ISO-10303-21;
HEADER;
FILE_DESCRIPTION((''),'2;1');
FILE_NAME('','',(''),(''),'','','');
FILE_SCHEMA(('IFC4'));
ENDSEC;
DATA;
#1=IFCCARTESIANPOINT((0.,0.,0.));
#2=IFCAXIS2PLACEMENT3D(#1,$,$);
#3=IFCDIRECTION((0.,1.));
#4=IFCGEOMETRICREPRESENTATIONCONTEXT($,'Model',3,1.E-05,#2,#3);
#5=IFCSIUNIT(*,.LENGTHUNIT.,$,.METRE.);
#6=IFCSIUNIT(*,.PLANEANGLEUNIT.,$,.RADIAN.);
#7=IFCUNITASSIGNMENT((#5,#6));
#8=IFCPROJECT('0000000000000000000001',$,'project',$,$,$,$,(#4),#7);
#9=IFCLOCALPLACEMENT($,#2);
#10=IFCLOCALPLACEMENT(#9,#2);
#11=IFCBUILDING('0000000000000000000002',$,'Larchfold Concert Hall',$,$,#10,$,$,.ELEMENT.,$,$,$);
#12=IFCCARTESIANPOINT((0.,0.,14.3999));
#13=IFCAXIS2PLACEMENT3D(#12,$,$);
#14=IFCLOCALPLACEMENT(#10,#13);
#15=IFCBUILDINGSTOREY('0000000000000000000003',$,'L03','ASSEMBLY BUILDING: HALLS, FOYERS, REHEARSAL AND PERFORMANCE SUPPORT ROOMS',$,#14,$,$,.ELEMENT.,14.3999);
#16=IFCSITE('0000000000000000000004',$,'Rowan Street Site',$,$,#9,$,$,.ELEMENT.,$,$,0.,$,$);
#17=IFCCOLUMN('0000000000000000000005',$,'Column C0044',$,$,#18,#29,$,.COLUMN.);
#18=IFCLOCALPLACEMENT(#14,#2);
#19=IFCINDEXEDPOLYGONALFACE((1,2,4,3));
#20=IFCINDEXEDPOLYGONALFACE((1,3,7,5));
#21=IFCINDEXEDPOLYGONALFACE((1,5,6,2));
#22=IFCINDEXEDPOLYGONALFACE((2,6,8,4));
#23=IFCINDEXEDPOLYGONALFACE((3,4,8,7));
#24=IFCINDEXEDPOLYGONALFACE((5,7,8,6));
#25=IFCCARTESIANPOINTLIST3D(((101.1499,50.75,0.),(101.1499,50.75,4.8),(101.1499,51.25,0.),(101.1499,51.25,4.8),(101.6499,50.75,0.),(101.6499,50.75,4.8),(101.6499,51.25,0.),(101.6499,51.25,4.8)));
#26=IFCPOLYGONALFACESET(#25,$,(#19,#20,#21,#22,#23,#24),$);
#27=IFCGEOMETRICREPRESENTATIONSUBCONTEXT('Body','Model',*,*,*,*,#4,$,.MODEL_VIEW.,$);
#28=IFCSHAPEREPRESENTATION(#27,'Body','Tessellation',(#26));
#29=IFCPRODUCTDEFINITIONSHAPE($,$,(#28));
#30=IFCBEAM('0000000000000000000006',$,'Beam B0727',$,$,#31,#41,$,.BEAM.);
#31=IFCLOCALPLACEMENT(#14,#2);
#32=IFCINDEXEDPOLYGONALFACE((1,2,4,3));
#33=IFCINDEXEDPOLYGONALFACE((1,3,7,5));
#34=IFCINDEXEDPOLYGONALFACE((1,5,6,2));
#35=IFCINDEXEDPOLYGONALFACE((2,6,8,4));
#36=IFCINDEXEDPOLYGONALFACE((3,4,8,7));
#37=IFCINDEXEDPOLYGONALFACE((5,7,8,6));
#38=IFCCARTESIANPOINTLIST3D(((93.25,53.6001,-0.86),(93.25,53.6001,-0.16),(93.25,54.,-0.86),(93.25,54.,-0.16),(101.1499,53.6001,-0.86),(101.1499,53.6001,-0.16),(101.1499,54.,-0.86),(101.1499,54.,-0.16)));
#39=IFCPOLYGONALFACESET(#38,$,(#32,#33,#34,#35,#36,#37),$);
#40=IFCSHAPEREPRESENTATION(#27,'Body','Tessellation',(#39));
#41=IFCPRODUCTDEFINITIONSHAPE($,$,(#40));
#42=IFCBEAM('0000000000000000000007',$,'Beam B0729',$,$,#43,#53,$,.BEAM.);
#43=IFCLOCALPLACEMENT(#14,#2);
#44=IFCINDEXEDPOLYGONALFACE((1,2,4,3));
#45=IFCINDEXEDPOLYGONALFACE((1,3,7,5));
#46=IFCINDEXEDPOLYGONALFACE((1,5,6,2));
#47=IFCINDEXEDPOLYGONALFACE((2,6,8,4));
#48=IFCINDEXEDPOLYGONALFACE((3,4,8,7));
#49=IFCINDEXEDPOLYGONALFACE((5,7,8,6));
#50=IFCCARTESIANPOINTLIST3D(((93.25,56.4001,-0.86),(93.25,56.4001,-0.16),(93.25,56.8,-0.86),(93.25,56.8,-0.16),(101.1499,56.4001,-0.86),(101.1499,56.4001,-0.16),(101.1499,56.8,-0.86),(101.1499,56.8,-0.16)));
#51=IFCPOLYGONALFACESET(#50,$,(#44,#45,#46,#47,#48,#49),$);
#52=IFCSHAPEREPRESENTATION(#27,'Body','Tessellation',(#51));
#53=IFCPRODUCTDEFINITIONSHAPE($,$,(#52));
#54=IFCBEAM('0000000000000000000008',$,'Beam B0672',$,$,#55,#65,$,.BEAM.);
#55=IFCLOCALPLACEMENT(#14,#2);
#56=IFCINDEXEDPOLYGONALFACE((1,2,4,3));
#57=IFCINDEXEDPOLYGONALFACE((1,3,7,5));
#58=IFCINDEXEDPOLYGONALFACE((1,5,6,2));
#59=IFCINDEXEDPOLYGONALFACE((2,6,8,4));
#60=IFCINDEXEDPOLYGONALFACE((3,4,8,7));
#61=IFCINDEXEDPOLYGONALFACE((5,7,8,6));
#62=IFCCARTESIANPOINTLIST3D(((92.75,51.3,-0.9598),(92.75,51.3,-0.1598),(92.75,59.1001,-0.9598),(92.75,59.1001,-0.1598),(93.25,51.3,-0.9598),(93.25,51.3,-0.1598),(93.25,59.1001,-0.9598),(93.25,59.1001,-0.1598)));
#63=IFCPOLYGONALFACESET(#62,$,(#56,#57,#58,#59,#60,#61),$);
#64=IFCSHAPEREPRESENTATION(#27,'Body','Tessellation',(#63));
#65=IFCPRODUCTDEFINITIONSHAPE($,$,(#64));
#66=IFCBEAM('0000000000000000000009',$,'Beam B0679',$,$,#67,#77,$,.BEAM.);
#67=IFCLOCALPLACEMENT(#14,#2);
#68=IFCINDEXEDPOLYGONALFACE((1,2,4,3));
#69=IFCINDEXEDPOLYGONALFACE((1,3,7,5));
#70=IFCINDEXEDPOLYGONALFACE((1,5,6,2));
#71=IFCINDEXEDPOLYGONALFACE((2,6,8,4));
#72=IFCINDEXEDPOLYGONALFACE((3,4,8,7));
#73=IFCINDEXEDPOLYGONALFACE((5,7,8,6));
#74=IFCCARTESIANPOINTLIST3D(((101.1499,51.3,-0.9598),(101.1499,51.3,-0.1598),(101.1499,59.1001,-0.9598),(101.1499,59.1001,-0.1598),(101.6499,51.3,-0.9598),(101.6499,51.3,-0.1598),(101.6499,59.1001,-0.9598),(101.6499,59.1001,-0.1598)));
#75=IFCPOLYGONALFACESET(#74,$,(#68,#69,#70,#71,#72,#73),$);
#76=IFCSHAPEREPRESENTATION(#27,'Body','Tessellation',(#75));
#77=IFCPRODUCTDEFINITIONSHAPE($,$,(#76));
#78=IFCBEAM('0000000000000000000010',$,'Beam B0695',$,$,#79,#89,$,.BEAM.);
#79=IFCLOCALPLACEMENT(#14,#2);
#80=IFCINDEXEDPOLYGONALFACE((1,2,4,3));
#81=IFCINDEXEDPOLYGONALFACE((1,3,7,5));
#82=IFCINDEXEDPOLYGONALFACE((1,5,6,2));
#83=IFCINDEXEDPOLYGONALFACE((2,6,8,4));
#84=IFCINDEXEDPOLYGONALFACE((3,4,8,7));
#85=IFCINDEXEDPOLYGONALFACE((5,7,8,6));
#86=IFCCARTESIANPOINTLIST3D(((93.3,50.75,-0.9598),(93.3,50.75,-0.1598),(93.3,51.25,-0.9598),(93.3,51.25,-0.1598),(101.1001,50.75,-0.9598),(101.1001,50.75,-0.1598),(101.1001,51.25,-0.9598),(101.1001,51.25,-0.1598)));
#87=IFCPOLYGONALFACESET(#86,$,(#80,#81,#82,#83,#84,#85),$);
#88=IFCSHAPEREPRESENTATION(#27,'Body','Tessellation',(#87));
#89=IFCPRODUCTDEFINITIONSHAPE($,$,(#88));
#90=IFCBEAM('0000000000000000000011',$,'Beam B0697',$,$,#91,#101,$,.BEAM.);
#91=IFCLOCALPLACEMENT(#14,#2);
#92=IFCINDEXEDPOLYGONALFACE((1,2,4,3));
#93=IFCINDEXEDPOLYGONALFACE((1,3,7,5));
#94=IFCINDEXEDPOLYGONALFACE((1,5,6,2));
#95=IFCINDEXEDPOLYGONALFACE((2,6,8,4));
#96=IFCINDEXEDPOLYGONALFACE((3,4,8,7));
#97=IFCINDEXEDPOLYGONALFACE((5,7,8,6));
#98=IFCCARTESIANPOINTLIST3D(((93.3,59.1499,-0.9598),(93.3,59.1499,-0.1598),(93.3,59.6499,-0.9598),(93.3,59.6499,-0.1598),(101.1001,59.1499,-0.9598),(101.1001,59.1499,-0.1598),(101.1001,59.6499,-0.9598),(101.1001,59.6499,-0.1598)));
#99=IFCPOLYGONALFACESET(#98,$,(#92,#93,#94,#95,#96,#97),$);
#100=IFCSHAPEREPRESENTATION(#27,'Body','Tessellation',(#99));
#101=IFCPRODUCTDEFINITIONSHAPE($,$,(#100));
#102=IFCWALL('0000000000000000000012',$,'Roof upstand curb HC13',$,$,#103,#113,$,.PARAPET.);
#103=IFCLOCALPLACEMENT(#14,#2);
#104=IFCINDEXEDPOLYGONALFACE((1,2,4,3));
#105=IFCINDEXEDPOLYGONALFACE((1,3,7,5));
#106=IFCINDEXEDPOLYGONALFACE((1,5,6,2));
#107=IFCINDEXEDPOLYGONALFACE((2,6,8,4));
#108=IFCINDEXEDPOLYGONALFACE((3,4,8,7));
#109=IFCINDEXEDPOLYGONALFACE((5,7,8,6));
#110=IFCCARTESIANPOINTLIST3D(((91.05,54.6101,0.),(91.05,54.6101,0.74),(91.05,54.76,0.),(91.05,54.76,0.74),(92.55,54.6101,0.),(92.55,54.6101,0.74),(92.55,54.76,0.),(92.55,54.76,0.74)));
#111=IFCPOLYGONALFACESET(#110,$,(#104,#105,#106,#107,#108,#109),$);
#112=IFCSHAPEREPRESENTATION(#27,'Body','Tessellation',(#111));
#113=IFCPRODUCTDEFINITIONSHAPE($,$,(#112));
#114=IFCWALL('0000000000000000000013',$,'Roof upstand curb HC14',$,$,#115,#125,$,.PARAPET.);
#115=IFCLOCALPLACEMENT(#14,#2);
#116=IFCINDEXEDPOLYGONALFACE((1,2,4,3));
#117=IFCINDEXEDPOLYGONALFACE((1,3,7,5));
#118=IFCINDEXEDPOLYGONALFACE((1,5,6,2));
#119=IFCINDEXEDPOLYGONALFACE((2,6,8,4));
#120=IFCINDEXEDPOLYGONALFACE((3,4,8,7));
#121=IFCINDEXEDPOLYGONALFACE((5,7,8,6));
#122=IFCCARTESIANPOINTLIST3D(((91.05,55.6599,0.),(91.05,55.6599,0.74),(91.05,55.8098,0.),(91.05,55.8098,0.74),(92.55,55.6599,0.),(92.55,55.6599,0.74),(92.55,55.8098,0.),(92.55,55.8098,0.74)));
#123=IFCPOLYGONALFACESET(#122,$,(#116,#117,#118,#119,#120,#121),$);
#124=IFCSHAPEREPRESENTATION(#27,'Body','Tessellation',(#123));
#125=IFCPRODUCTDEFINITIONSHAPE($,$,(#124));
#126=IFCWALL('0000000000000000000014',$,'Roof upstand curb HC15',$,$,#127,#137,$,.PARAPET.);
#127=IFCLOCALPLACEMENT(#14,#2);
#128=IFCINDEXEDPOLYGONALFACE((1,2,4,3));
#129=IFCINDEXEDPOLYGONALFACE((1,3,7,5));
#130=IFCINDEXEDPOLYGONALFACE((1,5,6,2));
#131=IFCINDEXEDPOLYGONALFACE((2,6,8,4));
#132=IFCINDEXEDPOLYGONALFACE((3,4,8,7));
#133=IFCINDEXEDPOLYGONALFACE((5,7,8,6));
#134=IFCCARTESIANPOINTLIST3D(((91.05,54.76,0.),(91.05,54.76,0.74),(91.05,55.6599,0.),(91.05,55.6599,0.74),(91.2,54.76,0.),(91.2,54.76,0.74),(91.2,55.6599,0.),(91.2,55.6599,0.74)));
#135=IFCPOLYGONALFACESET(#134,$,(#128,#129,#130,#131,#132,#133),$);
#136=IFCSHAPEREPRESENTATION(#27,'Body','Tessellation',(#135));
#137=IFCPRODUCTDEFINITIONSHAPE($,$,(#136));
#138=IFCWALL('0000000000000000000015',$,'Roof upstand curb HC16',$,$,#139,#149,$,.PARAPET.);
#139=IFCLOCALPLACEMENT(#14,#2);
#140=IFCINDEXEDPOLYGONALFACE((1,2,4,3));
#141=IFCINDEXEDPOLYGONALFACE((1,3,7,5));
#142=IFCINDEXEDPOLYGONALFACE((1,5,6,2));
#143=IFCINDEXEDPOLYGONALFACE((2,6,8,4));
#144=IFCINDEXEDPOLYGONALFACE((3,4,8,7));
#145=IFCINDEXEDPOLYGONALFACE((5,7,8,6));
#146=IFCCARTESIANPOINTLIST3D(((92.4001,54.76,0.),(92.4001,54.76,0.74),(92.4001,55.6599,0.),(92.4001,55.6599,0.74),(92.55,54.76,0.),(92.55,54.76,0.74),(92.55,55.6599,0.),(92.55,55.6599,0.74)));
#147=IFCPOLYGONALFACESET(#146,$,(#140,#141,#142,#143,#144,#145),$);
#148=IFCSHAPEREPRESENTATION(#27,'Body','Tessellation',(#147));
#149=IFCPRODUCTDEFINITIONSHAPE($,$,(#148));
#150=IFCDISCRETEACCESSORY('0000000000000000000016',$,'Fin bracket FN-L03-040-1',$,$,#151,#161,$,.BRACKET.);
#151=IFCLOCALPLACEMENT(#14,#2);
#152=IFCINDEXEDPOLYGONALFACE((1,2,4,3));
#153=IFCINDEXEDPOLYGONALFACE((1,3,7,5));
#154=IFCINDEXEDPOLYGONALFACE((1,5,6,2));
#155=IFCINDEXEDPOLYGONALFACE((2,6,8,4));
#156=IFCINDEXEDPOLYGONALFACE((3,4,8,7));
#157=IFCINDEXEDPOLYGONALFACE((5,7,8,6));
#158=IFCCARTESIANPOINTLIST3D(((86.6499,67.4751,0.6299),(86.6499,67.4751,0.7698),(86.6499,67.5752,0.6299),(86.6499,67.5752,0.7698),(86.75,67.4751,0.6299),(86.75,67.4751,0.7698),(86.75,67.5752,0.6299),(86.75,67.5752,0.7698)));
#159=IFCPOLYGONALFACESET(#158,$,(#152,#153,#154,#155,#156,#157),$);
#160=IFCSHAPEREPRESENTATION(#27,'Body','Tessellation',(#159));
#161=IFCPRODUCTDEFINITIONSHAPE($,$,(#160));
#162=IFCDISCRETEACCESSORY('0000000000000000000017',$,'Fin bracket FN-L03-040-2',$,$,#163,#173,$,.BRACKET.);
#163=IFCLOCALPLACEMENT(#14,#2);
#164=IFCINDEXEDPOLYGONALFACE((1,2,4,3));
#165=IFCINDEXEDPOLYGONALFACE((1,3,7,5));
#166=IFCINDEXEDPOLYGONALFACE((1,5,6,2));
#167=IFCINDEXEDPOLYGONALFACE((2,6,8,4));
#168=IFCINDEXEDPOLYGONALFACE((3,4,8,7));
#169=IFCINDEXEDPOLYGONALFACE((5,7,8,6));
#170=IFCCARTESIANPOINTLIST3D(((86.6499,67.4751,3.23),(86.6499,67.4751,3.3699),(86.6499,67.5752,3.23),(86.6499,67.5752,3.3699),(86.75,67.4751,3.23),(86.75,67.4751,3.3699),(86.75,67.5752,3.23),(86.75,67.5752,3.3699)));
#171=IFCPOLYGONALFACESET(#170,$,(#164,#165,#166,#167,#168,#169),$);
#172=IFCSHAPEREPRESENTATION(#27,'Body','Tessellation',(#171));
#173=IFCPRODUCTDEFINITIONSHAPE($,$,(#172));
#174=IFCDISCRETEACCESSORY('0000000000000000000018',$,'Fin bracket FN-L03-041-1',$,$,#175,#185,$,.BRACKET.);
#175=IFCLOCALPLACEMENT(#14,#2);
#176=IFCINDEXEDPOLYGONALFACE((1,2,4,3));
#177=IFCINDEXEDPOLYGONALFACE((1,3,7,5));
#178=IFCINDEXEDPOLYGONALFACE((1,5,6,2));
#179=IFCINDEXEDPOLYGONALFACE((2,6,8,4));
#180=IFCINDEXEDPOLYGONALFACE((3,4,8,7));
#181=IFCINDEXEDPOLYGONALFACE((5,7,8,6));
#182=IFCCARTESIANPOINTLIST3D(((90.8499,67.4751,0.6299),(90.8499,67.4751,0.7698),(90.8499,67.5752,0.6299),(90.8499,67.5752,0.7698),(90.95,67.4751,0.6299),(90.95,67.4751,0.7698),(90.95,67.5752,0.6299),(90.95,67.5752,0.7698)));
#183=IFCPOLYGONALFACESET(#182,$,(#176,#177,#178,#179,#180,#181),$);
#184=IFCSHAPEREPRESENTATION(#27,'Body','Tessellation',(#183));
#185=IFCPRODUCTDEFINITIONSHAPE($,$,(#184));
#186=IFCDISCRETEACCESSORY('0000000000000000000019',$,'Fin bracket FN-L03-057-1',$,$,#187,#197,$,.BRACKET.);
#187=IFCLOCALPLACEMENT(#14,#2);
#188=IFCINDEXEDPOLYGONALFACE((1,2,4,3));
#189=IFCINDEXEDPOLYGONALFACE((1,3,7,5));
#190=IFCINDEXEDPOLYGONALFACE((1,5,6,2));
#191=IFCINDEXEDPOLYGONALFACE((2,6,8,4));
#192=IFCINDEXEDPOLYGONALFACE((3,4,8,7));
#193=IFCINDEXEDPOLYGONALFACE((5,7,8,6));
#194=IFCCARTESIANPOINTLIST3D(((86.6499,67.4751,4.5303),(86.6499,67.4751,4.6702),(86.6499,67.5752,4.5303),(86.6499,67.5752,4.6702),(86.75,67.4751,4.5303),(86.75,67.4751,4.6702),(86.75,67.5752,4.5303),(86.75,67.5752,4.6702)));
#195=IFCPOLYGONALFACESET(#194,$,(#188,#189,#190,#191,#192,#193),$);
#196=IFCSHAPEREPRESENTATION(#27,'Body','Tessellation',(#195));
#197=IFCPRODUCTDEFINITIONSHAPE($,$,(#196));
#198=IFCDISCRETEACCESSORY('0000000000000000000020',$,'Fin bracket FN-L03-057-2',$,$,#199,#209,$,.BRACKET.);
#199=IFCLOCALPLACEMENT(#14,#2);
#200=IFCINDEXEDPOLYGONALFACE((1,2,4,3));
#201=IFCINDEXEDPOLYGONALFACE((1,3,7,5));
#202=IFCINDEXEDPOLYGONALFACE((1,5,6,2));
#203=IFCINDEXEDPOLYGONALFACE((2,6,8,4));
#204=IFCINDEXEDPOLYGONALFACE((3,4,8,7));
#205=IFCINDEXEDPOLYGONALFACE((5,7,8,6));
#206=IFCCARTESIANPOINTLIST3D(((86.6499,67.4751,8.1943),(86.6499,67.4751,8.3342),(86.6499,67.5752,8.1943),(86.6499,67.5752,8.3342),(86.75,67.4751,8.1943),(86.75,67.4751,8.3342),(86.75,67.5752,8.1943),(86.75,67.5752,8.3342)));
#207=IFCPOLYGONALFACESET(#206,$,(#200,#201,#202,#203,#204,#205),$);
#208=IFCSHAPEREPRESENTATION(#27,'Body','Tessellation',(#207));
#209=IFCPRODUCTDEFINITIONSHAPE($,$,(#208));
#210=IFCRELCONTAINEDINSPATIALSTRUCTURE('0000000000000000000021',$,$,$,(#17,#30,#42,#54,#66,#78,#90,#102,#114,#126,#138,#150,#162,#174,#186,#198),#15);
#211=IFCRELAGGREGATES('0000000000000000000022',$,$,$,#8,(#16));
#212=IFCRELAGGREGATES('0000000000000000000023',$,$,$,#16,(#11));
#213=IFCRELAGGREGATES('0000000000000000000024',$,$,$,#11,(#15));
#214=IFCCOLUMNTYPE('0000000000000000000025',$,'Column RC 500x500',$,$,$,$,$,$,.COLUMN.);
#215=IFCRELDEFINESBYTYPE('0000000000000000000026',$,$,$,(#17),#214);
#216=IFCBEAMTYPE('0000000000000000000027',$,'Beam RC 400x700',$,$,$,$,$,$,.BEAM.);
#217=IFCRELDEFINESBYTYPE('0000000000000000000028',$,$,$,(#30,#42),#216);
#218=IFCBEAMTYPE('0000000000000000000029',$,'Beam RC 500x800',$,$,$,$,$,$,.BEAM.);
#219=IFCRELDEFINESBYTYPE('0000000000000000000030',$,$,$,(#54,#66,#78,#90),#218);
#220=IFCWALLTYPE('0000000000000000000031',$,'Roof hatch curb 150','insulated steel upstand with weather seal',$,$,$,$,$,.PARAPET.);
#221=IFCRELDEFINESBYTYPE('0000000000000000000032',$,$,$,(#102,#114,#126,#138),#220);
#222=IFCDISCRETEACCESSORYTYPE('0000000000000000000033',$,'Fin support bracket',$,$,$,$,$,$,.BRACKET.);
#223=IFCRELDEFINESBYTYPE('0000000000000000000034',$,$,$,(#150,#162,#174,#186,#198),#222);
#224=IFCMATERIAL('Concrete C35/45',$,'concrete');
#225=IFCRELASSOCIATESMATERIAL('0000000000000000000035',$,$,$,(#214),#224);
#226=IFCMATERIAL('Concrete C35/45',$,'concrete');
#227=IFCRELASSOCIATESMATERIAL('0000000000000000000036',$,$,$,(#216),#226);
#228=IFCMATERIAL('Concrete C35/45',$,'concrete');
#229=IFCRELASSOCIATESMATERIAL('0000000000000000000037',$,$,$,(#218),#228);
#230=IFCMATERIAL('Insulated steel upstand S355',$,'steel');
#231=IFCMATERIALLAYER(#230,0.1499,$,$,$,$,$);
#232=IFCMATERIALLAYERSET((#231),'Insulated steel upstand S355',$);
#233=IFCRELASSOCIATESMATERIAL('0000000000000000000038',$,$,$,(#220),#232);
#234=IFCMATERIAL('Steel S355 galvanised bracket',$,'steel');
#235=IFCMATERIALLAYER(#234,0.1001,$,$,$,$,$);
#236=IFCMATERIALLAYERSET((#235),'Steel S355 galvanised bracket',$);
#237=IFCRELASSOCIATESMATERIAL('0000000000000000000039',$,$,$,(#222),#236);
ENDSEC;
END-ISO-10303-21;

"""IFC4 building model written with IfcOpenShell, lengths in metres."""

from ifc_helpers import new_model, si_unit, direction, frame, frame_2d, origin, origin_2d, place, context, subcontext, project, spatial, rectangle, extrude, material, layer, layer_set, material_profile, profile_set, type_object, element, save


model = new_model("IFC4")

# Units and contexts
model_context = context("Model", 3, precision=1e-05, world=origin(), true_north=direction((0.0, 1.0)))
body_context = subcontext(model_context, "Body", "Model", "MODEL_VIEW")
ifc_project = project(units=[si_unit("LENGTHUNIT", "METRE"), si_unit("PLANEANGLEUNIT", "RADIAN")], contexts=[model_context])

# Site, building, storey
site_placement = place(None, origin())
site = spatial("IfcSite", under=ifc_project, at=site_placement, Name="Rowan Street Site", CompositionType="ELEMENT", RefElevation=0.0)
building_placement = place(site_placement, origin())
building = spatial("IfcBuilding", under=site, at=building_placement, Name="Larchfold Concert Hall", CompositionType="ELEMENT")
storey_placement = place(building_placement, frame((0.0, 0.0, 14.3999)))
storey = spatial("IfcBuildingStorey", under=building, at=storey_placement, Name="L03", Description="ASSEMBLY BUILDING: HALLS, FOYERS, REHEARSAL AND PERFORMANCE SUPPORT ROOMS", CompositionType="ELEMENT", Elevation=14.3999)

# Column
ifc_material_1 = material(Name="Concrete C35/45", Category="concrete")
ifc_material_profile_1 = material_profile(ifc_material_1, rectangle(XDim=0.5, YDim=0.5, at=origin_2d()))
ifc_profile_set_1 = profile_set([ifc_material_profile_1], Name="Concrete C35/45")
column_type = type_object("IfcColumnType", Name="Column RC 500x500", PredefinedType="COLUMN", material=ifc_profile_set_1)
column_placement = place(storey_placement, frame((101.3999, 51.0, 0.0), z_axis=(0.0, 0.0, 1.0), x_axis=(1.0, 0.0, 0.0)))
element("IfcColumn", 1, at=column_placement, inside=storey, type_object=column_type, Name="Column C0044", PredefinedType="COLUMN", context=body_context, shape_type="SweptSolid", body=[
    extrude(rectangle(XDim=0.5, YDim=0.5, at=origin_2d()), origin(), (0.0, 0.0, 1.0), 4.8),
])

# Beams
ifc_material_2 = material(Name="Concrete C35/45", Category="concrete")
ifc_material_profile_2 = material_profile(ifc_material_2, rectangle(XDim=0.3999, YDim=0.7, at=origin_2d()))
ifc_profile_set_2 = profile_set([ifc_material_profile_2], Name="Concrete C35/45")
beam_type_1 = type_object("IfcBeamType", Name="Beam RC 400x700", PredefinedType="BEAM", material=ifc_profile_set_2)
for number, where, z_axis, x_axis, name in (
    (2, (93.25, 53.8, -0.51), (1.0, 0.0, 0.0), (0.0, 1.0, 0.0), "Beam B0727"),
    (3, (93.25, 56.6001, -0.51), (1.0, 0.0, 0.0), (0.0, 1.0, 0.0), "Beam B0729"),
):
    element("IfcBeam", number, at=place(storey_placement, frame(where, z_axis=z_axis, x_axis=x_axis)), inside=storey, type_object=beam_type_1, Name=name, PredefinedType="BEAM", context=body_context, shape_type="SweptSolid", body=[
        extrude(rectangle(XDim=0.3999, YDim=0.7, at=origin_2d()), origin(), (0.0, 0.0, 1.0), 7.8999),
    ])
ifc_material_3 = material(Name="Concrete C35/45", Category="concrete")
ifc_material_profile_3 = material_profile(ifc_material_3, rectangle(XDim=0.5, YDim=0.8, at=origin_2d()))
ifc_profile_set_3 = profile_set([ifc_material_profile_3], Name="Concrete C35/45")
beam_type_2 = type_object("IfcBeamType", Name="Beam RC 500x800", PredefinedType="BEAM", material=ifc_profile_set_3)
for number, where, z_axis, x_axis, name in (
    (4, (93.0, 51.3, -0.5598), (0.0, 1.0, 0.0), (-1.0, 0.0, 0.0), "Beam B0672"),
    (5, (101.3999, 51.3, -0.5598), (0.0, 1.0, 0.0), (-1.0, 0.0, 0.0), "Beam B0679"),
    (6, (93.3, 51.0, -0.5598), (1.0, 0.0, 0.0), (0.0, 1.0, 0.0), "Beam B0695"),
    (7, (93.3, 59.3999, -0.5598), (1.0, 0.0, 0.0), (0.0, 1.0, 0.0), "Beam B0697"),
):
    element("IfcBeam", number, at=place(storey_placement, frame(where, z_axis=z_axis, x_axis=x_axis)), inside=storey, type_object=beam_type_2, Name=name, PredefinedType="BEAM", context=body_context, shape_type="SweptSolid", body=[
        extrude(rectangle(XDim=0.5, YDim=0.8, at=origin_2d()), origin(), (0.0, 0.0, 1.0), 7.8),
    ])

# Walls
ifc_material_4 = material(Name="Insulated steel upstand S355", Category="steel")
ifc_layer_1 = layer(ifc_material_4, 0.1499)
ifc_layer_set_1 = layer_set([ifc_layer_1], Name="Insulated steel upstand S355")
wall_type_1 = type_object("IfcWallType", Name="Roof hatch curb 150", Description="insulated steel upstand with weather seal", PredefinedType="PARAPET", material=ifc_layer_set_1)
for number, where, z_axis, x_axis, name in (
    (8, (91.05, 54.6851, 0.0), (0.0, 0.0, 1.0), (1.0, 0.0, 0.0), "Roof upstand curb HC13"),
    (9, (91.05, 55.7349, 0.0), (0.0, 0.0, 1.0), (1.0, 0.0, 0.0), "Roof upstand curb HC14"),
):
    element("IfcWall", number, at=place(storey_placement, frame(where, z_axis=z_axis, x_axis=x_axis)), inside=storey, type_object=wall_type_1, Name=name, PredefinedType="PARAPET", context=body_context, shape_type="SweptSolid", body=[
        extrude(rectangle(XDim=1.5, YDim=0.1499, at=frame_2d((0.75, 0.0))), origin(), (0.0, 0.0, 1.0), 0.74),
    ])
for number, where, z_axis, x_axis, name in (
    (10, (91.125, 54.76, 0.0), (0.0, 0.0, 1.0), (0.0, 1.0, 0.0), "Roof upstand curb HC15"),
    (11, (92.4751, 54.76, 0.0), (0.0, 0.0, 1.0), (0.0, 1.0, 0.0), "Roof upstand curb HC16"),
):
    element("IfcWall", number, at=place(storey_placement, frame(where, z_axis=z_axis, x_axis=x_axis)), inside=storey, type_object=wall_type_1, Name=name, PredefinedType="PARAPET", context=body_context, shape_type="SweptSolid", body=[
        extrude(rectangle(XDim=0.8999, YDim=0.1499, at=frame_2d((0.45, 0.0))), origin(), (0.0, 0.0, 1.0), 0.74),
    ])

# Discrete accessories
ifc_material_5 = material(Name="Steel S355 galvanised bracket", Category="steel")
ifc_layer_2 = layer(ifc_material_5, 0.1001)
ifc_layer_set_2 = layer_set([ifc_layer_2], Name="Steel S355 galvanised bracket")
discrete_accessory_type = type_object("IfcDiscreteAccessoryType", Name="Fin support bracket", PredefinedType="BRACKET", material=ifc_layer_set_2)
for number, where, z_axis, x_axis, name in (
    (12, (86.7, 67.5251, 0.6299), (0.0, 0.0, 1.0), (0.0, -1.0, 0.0), "Fin bracket FN-L03-040-1"),
    (13, (86.7, 67.5251, 3.23), (0.0, 0.0, 1.0), (0.0, -1.0, 0.0), "Fin bracket FN-L03-040-2"),
    (14, (90.8999, 67.5251, 0.6299), (0.0, 0.0, 1.0), (0.0, -1.0, 0.0), "Fin bracket FN-L03-041-1"),
    (15, (86.7, 67.5251, 4.5303), (0.0, 0.0, 1.0), (0.0, -1.0, 0.0), "Fin bracket FN-L03-057-1"),
    (16, (86.7, 67.5251, 8.1943), (0.0, 0.0, 1.0), (0.0, -1.0, 0.0), "Fin bracket FN-L03-057-2"),
):
    element("IfcDiscreteAccessory", number, at=place(storey_placement, frame(where, z_axis=z_axis, x_axis=x_axis)), inside=storey, type_object=discrete_accessory_type, Name=name, PredefinedType="BRACKET", context=body_context, shape_type="SweptSolid", body=[
        extrude(rectangle(XDim=0.1001, YDim=0.1001, at=origin_2d()), origin(), (0.0, 0.0, 1.0), 0.1399),
    ])

save(model, "model.ifc")
